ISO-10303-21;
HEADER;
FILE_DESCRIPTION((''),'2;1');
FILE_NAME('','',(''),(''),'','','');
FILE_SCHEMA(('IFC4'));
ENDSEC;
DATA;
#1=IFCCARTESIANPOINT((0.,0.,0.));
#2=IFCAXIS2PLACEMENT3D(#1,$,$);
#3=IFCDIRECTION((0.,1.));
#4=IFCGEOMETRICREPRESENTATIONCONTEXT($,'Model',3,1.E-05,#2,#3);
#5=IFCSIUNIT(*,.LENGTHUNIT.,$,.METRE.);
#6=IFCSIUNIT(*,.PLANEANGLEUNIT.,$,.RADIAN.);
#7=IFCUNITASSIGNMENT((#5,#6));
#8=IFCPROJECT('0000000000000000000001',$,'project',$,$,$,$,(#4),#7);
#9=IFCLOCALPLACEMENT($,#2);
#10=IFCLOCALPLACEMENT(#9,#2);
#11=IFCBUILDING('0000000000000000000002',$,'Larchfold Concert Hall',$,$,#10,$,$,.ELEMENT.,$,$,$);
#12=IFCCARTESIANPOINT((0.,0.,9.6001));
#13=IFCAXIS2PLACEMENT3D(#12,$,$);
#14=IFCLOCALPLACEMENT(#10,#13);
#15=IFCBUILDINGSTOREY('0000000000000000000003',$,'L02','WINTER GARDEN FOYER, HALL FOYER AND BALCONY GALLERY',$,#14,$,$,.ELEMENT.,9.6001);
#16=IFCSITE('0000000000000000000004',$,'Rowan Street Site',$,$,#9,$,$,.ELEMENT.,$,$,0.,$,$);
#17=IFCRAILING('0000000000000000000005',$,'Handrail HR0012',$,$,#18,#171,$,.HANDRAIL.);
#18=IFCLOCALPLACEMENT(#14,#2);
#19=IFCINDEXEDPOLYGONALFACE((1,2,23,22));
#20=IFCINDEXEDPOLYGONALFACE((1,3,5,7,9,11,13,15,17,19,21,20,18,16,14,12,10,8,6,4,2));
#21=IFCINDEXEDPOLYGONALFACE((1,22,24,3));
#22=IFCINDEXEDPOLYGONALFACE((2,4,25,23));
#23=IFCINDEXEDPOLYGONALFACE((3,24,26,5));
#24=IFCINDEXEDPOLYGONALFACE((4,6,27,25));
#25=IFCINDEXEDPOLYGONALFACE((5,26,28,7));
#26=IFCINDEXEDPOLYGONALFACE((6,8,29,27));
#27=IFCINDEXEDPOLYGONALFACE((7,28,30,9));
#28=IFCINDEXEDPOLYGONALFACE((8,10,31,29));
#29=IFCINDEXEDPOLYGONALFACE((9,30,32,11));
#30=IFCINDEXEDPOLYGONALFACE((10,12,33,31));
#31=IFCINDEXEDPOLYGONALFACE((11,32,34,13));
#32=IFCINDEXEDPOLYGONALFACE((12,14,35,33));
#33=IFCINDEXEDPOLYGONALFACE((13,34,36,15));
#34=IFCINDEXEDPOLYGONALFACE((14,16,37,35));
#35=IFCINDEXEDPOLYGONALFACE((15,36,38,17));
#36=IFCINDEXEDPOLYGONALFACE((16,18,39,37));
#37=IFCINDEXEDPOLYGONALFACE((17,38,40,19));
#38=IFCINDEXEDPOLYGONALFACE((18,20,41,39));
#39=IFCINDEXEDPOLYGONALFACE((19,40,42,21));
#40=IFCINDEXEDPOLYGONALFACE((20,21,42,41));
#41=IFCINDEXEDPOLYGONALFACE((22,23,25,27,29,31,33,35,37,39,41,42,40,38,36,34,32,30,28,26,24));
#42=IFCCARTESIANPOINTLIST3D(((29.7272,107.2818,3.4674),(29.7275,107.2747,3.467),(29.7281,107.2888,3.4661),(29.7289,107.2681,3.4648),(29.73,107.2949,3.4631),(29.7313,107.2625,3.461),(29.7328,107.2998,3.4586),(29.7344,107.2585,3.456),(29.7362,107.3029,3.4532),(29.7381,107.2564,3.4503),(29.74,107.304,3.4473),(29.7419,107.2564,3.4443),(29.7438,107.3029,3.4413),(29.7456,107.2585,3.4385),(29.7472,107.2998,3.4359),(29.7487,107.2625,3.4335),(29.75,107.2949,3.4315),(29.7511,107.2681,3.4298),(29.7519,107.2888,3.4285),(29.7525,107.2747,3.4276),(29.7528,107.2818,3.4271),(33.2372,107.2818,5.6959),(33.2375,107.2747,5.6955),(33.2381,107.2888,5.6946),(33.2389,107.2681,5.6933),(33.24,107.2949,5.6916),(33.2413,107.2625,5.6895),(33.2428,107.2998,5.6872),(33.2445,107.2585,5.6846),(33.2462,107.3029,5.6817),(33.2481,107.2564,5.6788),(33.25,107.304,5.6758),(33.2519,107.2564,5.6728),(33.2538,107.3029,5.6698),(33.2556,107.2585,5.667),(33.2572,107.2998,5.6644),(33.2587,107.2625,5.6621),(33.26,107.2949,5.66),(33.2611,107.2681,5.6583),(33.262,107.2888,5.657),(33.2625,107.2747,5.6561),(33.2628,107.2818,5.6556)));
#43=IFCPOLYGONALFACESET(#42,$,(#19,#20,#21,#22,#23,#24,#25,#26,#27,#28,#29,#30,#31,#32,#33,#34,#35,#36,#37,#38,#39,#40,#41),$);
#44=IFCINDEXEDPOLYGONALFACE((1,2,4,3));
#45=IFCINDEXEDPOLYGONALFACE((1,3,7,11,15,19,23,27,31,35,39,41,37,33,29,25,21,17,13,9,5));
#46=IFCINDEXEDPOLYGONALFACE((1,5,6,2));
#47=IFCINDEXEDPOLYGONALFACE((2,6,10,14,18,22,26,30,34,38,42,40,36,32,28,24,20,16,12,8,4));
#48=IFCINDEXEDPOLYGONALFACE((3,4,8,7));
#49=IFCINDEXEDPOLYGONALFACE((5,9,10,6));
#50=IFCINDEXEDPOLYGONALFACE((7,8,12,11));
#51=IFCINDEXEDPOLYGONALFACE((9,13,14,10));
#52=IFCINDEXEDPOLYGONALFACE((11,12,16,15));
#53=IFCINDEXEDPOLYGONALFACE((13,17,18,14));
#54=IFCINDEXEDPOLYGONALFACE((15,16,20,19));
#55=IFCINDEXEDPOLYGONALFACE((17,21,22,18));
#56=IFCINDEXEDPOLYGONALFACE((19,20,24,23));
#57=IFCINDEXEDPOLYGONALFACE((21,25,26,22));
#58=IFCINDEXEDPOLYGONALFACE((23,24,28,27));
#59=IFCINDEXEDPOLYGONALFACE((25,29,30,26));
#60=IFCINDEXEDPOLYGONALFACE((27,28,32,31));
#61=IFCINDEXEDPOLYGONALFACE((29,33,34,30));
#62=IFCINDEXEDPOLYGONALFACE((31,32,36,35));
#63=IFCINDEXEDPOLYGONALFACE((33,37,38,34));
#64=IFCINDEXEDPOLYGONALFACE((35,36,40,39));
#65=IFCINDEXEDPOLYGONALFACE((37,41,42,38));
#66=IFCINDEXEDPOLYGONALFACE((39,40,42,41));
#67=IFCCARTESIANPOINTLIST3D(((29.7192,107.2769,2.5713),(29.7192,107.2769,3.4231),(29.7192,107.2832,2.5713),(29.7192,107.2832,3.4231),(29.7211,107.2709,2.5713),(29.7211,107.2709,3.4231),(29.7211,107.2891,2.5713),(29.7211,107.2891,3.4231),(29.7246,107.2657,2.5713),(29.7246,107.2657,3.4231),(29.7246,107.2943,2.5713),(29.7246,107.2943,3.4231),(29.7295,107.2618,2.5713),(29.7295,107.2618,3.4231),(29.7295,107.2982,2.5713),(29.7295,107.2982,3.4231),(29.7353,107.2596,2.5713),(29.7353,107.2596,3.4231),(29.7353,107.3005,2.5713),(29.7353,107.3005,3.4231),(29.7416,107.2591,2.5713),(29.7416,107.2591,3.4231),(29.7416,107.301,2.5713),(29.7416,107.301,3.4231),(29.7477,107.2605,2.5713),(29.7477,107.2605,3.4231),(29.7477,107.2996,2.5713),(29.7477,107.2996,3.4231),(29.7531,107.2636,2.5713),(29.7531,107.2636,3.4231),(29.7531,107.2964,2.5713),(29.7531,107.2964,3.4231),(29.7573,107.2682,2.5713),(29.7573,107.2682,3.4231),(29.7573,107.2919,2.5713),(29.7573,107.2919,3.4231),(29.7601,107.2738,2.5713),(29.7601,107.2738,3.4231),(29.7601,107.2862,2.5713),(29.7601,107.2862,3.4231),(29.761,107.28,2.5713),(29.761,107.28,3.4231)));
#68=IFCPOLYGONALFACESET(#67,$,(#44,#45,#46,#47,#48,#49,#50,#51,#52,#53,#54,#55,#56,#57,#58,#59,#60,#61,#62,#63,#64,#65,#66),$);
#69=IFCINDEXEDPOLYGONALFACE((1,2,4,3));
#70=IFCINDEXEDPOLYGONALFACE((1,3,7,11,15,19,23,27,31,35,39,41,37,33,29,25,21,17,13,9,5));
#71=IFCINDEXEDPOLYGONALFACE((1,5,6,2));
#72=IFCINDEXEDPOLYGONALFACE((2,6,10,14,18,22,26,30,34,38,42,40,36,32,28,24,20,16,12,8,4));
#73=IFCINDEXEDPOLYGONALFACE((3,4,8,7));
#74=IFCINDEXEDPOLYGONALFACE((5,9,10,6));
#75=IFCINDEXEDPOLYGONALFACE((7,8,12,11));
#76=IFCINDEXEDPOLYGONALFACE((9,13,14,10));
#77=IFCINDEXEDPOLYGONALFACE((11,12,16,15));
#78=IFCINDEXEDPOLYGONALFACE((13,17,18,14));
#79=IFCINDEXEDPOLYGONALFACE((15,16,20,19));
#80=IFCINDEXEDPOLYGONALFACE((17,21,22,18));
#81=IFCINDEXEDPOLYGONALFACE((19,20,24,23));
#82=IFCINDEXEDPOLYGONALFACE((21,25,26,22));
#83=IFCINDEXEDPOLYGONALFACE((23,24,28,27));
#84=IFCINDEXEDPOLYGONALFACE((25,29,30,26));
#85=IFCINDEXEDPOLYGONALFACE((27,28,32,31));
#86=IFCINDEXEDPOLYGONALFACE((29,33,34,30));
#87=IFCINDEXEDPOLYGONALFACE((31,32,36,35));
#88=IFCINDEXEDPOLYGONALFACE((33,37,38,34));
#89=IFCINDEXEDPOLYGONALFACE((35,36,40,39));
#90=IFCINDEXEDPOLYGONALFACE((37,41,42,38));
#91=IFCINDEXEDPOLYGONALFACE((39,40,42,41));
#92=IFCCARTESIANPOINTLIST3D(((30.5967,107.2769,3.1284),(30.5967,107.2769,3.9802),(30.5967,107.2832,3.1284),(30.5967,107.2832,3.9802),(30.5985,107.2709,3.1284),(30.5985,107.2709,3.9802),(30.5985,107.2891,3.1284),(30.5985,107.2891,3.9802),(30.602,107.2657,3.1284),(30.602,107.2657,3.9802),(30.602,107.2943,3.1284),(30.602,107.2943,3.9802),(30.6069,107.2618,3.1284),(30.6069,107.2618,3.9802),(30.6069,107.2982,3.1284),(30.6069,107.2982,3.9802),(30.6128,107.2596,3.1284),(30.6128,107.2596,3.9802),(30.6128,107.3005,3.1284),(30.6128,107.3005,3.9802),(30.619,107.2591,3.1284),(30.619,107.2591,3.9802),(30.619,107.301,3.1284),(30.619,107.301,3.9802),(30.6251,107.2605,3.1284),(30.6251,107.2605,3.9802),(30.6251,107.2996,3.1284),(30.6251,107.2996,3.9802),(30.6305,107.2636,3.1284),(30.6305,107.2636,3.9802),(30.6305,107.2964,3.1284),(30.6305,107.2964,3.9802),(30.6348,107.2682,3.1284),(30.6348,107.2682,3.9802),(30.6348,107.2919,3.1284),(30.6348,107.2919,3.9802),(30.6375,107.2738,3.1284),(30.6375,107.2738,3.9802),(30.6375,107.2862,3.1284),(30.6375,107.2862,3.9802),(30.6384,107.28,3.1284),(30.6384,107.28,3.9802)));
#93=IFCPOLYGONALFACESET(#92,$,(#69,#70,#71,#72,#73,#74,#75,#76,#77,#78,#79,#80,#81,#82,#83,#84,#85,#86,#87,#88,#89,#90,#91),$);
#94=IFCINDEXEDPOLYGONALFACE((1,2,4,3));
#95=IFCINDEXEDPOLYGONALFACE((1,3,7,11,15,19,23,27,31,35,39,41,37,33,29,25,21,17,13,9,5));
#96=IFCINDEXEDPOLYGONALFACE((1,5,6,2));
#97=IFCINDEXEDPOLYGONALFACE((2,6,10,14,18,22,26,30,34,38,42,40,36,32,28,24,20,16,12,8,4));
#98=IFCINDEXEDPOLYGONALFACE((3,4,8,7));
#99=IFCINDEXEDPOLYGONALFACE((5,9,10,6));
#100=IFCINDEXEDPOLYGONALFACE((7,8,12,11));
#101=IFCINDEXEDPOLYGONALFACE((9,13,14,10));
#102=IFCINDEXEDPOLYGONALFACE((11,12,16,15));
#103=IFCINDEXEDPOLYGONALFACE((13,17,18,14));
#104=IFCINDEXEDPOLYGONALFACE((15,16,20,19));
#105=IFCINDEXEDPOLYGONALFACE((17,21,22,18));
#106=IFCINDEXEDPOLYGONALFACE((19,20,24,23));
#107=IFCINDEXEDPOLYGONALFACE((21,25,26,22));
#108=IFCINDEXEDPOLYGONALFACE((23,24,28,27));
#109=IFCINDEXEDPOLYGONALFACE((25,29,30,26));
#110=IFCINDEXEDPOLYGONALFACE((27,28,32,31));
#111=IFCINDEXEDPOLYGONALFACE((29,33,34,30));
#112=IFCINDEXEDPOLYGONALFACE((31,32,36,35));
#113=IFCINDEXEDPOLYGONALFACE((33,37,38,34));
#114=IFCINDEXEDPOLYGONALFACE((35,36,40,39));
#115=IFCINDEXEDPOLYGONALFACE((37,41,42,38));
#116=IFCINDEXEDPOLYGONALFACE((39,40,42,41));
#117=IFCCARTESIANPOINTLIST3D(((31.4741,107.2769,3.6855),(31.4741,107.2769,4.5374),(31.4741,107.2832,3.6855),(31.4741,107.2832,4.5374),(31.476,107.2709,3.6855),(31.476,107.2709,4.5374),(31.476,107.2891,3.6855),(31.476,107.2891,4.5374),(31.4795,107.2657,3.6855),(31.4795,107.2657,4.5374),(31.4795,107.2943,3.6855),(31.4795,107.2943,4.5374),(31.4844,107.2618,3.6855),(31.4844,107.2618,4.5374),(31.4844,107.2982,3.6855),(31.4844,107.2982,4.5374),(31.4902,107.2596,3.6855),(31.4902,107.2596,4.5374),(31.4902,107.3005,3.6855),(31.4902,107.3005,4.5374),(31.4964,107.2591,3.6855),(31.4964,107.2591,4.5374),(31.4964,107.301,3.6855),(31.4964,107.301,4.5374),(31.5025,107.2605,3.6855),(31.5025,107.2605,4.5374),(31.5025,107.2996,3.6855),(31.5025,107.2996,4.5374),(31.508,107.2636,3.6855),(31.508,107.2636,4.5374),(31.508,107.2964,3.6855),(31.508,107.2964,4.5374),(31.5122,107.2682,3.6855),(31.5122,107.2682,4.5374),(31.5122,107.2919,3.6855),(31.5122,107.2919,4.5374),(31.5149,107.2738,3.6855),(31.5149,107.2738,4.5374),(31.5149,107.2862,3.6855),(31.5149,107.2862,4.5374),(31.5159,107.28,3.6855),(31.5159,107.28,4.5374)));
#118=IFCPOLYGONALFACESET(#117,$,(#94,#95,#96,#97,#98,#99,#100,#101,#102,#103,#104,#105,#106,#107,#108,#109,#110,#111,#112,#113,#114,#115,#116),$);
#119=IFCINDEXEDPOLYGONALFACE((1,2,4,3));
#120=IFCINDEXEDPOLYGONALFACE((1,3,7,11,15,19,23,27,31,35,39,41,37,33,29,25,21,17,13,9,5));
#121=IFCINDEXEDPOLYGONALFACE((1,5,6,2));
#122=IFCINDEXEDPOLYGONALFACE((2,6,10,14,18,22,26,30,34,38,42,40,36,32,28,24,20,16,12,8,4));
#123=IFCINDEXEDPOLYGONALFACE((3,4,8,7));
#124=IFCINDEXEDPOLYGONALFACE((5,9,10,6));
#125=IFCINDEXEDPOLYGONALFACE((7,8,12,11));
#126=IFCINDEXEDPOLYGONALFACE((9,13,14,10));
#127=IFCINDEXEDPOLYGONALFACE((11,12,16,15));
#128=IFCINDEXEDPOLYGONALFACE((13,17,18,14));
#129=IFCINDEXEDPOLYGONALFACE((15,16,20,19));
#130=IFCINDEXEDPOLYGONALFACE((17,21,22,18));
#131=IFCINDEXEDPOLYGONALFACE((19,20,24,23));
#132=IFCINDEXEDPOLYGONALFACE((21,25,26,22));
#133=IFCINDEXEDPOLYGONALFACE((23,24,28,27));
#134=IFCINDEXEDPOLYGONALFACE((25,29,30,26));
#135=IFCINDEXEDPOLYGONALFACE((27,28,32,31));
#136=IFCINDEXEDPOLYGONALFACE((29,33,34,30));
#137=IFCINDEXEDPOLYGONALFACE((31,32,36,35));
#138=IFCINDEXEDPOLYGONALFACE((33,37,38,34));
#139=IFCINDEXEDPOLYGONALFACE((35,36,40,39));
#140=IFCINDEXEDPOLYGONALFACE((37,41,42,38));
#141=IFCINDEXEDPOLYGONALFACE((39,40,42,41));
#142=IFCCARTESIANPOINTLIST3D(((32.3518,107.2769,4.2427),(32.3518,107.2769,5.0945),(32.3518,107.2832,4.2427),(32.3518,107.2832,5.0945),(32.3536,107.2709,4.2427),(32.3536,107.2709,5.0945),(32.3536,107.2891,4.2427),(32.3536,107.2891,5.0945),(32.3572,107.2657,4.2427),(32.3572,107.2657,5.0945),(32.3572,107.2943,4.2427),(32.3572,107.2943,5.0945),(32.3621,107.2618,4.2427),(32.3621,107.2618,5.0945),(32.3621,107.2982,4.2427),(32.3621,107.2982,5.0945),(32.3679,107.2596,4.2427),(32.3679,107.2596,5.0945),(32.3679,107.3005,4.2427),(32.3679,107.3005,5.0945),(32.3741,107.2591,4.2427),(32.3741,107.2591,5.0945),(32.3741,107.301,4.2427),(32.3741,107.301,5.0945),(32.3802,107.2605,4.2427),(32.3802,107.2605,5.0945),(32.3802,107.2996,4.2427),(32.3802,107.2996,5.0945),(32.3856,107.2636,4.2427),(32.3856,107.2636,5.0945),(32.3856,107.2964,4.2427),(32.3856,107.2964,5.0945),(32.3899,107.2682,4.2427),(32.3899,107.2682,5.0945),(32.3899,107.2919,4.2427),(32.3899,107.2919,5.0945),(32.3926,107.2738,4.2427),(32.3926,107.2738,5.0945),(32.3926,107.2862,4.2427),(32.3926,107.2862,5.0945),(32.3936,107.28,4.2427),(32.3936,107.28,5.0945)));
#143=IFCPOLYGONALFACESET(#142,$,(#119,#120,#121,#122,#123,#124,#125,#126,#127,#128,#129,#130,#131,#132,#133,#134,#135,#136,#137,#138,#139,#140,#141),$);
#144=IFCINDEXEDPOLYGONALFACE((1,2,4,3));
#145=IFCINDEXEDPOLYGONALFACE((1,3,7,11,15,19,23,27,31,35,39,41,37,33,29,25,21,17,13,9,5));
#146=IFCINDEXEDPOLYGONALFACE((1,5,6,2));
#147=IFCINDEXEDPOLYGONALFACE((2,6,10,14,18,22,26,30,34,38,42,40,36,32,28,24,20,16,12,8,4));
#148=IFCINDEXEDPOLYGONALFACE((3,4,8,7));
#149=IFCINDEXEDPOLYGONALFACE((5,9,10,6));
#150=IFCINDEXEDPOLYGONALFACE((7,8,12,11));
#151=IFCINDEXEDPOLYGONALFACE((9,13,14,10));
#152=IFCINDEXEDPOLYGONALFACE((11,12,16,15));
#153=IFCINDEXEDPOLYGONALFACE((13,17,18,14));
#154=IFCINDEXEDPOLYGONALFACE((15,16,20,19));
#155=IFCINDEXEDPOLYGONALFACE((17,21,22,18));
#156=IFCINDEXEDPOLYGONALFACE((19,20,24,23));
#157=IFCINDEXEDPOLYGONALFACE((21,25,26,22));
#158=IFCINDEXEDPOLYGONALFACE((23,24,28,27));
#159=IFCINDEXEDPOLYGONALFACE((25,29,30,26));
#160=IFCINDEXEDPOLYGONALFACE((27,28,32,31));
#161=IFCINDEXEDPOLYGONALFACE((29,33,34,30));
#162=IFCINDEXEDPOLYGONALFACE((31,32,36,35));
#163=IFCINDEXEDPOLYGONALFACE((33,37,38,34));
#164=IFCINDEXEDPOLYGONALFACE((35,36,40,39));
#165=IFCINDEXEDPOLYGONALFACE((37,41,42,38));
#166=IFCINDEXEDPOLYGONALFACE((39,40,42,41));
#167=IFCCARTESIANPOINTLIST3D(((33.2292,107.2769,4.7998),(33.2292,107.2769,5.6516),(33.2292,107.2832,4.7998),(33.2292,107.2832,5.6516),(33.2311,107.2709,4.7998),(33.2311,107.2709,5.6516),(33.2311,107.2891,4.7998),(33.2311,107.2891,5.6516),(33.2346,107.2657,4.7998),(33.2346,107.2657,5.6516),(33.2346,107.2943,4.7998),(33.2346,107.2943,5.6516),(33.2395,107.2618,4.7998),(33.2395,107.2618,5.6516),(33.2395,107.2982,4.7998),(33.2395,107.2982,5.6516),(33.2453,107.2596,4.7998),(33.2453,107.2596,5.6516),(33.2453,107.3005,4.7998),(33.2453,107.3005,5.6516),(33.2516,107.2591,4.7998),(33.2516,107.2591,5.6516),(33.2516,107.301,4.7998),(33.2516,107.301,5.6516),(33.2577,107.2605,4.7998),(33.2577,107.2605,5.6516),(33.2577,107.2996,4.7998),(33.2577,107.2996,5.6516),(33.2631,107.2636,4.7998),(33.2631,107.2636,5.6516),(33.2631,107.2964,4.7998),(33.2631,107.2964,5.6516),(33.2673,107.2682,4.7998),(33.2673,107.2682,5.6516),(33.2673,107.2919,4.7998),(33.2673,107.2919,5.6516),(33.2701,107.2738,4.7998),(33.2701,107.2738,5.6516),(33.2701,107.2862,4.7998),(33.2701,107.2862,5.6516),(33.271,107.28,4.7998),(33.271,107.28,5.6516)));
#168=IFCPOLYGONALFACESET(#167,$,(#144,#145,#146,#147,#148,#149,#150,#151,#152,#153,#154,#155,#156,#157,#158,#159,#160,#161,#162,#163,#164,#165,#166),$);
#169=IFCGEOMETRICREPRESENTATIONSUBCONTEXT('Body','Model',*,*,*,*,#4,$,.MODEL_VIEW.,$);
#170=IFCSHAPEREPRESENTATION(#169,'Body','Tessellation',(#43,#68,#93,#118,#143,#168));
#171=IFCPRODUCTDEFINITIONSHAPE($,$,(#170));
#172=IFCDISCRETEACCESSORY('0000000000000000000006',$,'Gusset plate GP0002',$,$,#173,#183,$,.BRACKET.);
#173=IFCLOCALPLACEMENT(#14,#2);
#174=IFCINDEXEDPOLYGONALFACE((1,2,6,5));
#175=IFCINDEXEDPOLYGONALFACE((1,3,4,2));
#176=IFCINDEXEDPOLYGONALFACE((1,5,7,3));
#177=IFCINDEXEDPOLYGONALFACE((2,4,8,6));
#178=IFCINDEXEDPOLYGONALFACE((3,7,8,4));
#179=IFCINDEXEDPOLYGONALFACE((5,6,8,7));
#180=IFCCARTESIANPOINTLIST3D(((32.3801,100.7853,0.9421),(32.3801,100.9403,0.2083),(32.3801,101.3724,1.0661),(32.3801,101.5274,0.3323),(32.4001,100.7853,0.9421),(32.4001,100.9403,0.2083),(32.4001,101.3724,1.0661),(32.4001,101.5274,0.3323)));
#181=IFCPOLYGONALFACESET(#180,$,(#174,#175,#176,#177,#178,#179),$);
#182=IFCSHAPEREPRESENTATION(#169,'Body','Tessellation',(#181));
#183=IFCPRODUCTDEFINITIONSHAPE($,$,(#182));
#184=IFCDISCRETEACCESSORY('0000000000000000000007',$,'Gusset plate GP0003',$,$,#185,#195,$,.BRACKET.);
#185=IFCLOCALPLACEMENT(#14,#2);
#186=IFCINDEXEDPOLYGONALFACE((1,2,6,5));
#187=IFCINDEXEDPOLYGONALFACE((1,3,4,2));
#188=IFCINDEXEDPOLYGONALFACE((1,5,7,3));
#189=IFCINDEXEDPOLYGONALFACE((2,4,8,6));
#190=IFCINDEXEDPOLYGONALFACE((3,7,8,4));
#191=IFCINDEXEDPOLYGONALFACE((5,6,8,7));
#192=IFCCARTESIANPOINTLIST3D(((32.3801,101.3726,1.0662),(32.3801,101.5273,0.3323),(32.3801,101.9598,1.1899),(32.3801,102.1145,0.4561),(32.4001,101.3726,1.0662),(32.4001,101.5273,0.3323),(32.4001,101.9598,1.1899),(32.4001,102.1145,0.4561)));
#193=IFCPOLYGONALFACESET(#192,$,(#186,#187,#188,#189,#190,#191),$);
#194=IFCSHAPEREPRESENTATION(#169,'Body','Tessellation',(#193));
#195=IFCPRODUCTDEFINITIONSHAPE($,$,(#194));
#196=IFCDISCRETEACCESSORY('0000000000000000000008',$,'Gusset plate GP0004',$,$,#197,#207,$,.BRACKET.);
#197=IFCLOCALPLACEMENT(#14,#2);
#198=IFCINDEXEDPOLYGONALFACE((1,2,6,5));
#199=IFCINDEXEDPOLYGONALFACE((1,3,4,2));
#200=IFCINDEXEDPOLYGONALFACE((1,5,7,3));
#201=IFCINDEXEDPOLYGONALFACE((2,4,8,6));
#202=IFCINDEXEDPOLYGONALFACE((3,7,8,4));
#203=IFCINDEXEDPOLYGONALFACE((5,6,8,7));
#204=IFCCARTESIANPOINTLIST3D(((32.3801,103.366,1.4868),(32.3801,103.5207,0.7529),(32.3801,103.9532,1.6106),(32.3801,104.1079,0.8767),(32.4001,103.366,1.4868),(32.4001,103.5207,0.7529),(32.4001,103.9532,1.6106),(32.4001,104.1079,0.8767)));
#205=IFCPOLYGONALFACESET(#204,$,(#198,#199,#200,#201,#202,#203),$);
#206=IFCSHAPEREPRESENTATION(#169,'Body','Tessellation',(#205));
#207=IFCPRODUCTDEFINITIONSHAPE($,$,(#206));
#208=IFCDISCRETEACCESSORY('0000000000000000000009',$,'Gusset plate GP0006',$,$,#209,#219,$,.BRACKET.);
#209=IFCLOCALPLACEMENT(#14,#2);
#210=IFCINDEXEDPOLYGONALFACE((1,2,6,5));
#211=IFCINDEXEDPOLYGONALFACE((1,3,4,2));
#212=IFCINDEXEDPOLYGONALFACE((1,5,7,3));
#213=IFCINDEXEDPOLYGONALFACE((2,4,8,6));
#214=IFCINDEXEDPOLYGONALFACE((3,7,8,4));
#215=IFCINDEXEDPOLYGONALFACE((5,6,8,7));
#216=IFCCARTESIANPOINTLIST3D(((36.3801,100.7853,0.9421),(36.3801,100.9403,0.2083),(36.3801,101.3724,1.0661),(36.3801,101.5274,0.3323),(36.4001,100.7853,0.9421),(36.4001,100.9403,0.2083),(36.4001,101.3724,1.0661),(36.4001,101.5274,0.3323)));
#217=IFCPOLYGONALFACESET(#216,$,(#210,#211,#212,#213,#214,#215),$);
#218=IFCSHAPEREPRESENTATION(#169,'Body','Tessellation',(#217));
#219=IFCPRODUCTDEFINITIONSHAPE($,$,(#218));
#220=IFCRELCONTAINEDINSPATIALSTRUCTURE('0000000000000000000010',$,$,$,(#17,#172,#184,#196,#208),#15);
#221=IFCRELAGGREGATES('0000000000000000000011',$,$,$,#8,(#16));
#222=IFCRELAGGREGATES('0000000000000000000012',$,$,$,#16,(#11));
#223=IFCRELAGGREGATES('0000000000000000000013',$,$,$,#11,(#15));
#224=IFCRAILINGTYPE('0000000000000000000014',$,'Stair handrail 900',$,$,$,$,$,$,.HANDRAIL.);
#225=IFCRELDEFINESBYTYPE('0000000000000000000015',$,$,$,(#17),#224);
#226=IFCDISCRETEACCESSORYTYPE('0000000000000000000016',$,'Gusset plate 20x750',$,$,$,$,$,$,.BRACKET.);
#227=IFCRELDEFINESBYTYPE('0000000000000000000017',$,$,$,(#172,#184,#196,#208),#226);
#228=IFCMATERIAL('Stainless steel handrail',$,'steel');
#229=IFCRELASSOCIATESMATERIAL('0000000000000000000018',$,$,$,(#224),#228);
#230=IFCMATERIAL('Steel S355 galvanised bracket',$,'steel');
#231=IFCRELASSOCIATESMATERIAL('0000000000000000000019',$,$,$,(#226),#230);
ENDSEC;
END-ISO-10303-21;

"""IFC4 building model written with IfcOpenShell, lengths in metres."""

from ifc_helpers import new_model, si_unit, direction, frame, origin, origin_2d, place, context, subcontext, project, spatial, rectangle, circle, extrude, material, material_profile, profile_set, type_object, element, save


model = new_model("IFC4")

# Units and contexts
model_context = context("Model", 3, precision=1e-05, world=origin(), true_north=direction((0.0, 1.0)))
body_context = subcontext(model_context, "Body", "Model", "MODEL_VIEW")
ifc_project = project(units=[si_unit("LENGTHUNIT", "METRE"), si_unit("PLANEANGLEUNIT", "RADIAN")], contexts=[model_context])

# Site, building, storey
site_placement = place(None, origin())
site = spatial("IfcSite", under=ifc_project, at=site_placement, Name="Rowan Street Site", CompositionType="ELEMENT", RefElevation=0.0)
building_placement = place(site_placement, origin())
building = spatial("IfcBuilding", under=site, at=building_placement, Name="Larchfold Concert Hall", CompositionType="ELEMENT")
storey_placement = place(building_placement, frame((0.0, 0.0, 9.6001)))
storey = spatial("IfcBuildingStorey", under=building, at=storey_placement, Name="L02", Description="WINTER GARDEN FOYER, HALL FOYER AND BALCONY GALLERY", CompositionType="ELEMENT", Elevation=9.6001)

# Railing
ifc_material_1 = material(Name="Stainless steel handrail", Category="steel")
railing_type_1 = type_object("IfcRailingType", Name="Stair handrail 900", PredefinedType="HANDRAIL", material=ifc_material_1)
railing_1_placement = place(storey_placement, frame((29.74, 107.28, 2.5713)))
element("IfcRailing", 1, at=railing_1_placement, inside=storey, type_object=railing_type_1, Name="Handrail HR0012", PredefinedType="HANDRAIL", context=body_context, shape_type="SweptSolid", body=[
    extrude(circle(Radius=0.0239, at=origin_2d()), frame((0.0, 0.0, 0.876), z_axis=(0.84422, 0.0, 0.535998), x_axis=(0.0, 1.0, 0.0)), (0.0, 0.0, 1.0), 4.1577),
    extrude(circle(Radius=0.021, at=origin_2d()), origin(), (0.0, 0.0, 1.0), 0.8518),
    extrude(circle(Radius=0.021, at=origin_2d()), frame((0.8774, 0.0, 0.5571)), (0.0, 0.0, 1.0), 0.8518),
    extrude(circle(Radius=0.021, at=origin_2d()), frame((1.7549, 0.0, 1.1143)), (0.0, 0.0, 1.0), 0.8518),
    extrude(circle(Radius=0.021, at=origin_2d()), frame((2.6326, 0.0, 1.6714)), (0.0, 0.0, 1.0), 0.8518),
    extrude(circle(Radius=0.021, at=origin_2d()), frame((3.51, 0.0, 2.2285)), (0.0, 0.0, 1.0), 0.8518),
])

# Discrete accessories
ifc_material_2 = material(Name="Steel S355 galvanised bracket", Category="steel")
ifc_material_profile_1 = material_profile(ifc_material_2, rectangle(XDim=0.02, YDim=0.75, at=origin_2d()))
ifc_profile_set_1 = profile_set([ifc_material_profile_1], Name="Steel S355 galvanised bracket")
discrete_accessory_type = type_object("IfcDiscreteAccessoryType", Name="Gusset plate 20x750", PredefinedType="BRACKET", material=ifc_profile_set_1)
for number, where, z_axis, x_axis, name in (
    (2, (32.3901, 100.8628, 0.5752), (0.0, 0.978411, 0.206667), (-1.0, 0.0, 0.0), "Gusset plate GP0002"),
    (3, (32.3901, 101.45, 0.6992), (0.0, 0.978494, 0.206277), (-1.0, 0.0, 0.0), "Gusset plate GP0003"),
    (4, (32.3901, 103.4434, 1.1199), (0.0, 0.978494, 0.206277), (-1.0, 0.0, 0.0), "Gusset plate GP0004"),
    (5, (36.3901, 100.8628, 0.5752), (0.0, 0.978411, 0.206667), (-1.0, 0.0, 0.0), "Gusset plate GP0006"),
):
    element("IfcDiscreteAccessory", number, at=place(storey_placement, frame(where, z_axis=z_axis, x_axis=x_axis)), inside=storey, type_object=discrete_accessory_type, Name=name, PredefinedType="BRACKET", context=body_context, shape_type="SweptSolid", body=[
        extrude(rectangle(XDim=0.02, YDim=0.75, at=origin_2d()), origin(), (0.0, 0.0, 1.0), 0.6001),
    ])

save(model, "model.ifc")
